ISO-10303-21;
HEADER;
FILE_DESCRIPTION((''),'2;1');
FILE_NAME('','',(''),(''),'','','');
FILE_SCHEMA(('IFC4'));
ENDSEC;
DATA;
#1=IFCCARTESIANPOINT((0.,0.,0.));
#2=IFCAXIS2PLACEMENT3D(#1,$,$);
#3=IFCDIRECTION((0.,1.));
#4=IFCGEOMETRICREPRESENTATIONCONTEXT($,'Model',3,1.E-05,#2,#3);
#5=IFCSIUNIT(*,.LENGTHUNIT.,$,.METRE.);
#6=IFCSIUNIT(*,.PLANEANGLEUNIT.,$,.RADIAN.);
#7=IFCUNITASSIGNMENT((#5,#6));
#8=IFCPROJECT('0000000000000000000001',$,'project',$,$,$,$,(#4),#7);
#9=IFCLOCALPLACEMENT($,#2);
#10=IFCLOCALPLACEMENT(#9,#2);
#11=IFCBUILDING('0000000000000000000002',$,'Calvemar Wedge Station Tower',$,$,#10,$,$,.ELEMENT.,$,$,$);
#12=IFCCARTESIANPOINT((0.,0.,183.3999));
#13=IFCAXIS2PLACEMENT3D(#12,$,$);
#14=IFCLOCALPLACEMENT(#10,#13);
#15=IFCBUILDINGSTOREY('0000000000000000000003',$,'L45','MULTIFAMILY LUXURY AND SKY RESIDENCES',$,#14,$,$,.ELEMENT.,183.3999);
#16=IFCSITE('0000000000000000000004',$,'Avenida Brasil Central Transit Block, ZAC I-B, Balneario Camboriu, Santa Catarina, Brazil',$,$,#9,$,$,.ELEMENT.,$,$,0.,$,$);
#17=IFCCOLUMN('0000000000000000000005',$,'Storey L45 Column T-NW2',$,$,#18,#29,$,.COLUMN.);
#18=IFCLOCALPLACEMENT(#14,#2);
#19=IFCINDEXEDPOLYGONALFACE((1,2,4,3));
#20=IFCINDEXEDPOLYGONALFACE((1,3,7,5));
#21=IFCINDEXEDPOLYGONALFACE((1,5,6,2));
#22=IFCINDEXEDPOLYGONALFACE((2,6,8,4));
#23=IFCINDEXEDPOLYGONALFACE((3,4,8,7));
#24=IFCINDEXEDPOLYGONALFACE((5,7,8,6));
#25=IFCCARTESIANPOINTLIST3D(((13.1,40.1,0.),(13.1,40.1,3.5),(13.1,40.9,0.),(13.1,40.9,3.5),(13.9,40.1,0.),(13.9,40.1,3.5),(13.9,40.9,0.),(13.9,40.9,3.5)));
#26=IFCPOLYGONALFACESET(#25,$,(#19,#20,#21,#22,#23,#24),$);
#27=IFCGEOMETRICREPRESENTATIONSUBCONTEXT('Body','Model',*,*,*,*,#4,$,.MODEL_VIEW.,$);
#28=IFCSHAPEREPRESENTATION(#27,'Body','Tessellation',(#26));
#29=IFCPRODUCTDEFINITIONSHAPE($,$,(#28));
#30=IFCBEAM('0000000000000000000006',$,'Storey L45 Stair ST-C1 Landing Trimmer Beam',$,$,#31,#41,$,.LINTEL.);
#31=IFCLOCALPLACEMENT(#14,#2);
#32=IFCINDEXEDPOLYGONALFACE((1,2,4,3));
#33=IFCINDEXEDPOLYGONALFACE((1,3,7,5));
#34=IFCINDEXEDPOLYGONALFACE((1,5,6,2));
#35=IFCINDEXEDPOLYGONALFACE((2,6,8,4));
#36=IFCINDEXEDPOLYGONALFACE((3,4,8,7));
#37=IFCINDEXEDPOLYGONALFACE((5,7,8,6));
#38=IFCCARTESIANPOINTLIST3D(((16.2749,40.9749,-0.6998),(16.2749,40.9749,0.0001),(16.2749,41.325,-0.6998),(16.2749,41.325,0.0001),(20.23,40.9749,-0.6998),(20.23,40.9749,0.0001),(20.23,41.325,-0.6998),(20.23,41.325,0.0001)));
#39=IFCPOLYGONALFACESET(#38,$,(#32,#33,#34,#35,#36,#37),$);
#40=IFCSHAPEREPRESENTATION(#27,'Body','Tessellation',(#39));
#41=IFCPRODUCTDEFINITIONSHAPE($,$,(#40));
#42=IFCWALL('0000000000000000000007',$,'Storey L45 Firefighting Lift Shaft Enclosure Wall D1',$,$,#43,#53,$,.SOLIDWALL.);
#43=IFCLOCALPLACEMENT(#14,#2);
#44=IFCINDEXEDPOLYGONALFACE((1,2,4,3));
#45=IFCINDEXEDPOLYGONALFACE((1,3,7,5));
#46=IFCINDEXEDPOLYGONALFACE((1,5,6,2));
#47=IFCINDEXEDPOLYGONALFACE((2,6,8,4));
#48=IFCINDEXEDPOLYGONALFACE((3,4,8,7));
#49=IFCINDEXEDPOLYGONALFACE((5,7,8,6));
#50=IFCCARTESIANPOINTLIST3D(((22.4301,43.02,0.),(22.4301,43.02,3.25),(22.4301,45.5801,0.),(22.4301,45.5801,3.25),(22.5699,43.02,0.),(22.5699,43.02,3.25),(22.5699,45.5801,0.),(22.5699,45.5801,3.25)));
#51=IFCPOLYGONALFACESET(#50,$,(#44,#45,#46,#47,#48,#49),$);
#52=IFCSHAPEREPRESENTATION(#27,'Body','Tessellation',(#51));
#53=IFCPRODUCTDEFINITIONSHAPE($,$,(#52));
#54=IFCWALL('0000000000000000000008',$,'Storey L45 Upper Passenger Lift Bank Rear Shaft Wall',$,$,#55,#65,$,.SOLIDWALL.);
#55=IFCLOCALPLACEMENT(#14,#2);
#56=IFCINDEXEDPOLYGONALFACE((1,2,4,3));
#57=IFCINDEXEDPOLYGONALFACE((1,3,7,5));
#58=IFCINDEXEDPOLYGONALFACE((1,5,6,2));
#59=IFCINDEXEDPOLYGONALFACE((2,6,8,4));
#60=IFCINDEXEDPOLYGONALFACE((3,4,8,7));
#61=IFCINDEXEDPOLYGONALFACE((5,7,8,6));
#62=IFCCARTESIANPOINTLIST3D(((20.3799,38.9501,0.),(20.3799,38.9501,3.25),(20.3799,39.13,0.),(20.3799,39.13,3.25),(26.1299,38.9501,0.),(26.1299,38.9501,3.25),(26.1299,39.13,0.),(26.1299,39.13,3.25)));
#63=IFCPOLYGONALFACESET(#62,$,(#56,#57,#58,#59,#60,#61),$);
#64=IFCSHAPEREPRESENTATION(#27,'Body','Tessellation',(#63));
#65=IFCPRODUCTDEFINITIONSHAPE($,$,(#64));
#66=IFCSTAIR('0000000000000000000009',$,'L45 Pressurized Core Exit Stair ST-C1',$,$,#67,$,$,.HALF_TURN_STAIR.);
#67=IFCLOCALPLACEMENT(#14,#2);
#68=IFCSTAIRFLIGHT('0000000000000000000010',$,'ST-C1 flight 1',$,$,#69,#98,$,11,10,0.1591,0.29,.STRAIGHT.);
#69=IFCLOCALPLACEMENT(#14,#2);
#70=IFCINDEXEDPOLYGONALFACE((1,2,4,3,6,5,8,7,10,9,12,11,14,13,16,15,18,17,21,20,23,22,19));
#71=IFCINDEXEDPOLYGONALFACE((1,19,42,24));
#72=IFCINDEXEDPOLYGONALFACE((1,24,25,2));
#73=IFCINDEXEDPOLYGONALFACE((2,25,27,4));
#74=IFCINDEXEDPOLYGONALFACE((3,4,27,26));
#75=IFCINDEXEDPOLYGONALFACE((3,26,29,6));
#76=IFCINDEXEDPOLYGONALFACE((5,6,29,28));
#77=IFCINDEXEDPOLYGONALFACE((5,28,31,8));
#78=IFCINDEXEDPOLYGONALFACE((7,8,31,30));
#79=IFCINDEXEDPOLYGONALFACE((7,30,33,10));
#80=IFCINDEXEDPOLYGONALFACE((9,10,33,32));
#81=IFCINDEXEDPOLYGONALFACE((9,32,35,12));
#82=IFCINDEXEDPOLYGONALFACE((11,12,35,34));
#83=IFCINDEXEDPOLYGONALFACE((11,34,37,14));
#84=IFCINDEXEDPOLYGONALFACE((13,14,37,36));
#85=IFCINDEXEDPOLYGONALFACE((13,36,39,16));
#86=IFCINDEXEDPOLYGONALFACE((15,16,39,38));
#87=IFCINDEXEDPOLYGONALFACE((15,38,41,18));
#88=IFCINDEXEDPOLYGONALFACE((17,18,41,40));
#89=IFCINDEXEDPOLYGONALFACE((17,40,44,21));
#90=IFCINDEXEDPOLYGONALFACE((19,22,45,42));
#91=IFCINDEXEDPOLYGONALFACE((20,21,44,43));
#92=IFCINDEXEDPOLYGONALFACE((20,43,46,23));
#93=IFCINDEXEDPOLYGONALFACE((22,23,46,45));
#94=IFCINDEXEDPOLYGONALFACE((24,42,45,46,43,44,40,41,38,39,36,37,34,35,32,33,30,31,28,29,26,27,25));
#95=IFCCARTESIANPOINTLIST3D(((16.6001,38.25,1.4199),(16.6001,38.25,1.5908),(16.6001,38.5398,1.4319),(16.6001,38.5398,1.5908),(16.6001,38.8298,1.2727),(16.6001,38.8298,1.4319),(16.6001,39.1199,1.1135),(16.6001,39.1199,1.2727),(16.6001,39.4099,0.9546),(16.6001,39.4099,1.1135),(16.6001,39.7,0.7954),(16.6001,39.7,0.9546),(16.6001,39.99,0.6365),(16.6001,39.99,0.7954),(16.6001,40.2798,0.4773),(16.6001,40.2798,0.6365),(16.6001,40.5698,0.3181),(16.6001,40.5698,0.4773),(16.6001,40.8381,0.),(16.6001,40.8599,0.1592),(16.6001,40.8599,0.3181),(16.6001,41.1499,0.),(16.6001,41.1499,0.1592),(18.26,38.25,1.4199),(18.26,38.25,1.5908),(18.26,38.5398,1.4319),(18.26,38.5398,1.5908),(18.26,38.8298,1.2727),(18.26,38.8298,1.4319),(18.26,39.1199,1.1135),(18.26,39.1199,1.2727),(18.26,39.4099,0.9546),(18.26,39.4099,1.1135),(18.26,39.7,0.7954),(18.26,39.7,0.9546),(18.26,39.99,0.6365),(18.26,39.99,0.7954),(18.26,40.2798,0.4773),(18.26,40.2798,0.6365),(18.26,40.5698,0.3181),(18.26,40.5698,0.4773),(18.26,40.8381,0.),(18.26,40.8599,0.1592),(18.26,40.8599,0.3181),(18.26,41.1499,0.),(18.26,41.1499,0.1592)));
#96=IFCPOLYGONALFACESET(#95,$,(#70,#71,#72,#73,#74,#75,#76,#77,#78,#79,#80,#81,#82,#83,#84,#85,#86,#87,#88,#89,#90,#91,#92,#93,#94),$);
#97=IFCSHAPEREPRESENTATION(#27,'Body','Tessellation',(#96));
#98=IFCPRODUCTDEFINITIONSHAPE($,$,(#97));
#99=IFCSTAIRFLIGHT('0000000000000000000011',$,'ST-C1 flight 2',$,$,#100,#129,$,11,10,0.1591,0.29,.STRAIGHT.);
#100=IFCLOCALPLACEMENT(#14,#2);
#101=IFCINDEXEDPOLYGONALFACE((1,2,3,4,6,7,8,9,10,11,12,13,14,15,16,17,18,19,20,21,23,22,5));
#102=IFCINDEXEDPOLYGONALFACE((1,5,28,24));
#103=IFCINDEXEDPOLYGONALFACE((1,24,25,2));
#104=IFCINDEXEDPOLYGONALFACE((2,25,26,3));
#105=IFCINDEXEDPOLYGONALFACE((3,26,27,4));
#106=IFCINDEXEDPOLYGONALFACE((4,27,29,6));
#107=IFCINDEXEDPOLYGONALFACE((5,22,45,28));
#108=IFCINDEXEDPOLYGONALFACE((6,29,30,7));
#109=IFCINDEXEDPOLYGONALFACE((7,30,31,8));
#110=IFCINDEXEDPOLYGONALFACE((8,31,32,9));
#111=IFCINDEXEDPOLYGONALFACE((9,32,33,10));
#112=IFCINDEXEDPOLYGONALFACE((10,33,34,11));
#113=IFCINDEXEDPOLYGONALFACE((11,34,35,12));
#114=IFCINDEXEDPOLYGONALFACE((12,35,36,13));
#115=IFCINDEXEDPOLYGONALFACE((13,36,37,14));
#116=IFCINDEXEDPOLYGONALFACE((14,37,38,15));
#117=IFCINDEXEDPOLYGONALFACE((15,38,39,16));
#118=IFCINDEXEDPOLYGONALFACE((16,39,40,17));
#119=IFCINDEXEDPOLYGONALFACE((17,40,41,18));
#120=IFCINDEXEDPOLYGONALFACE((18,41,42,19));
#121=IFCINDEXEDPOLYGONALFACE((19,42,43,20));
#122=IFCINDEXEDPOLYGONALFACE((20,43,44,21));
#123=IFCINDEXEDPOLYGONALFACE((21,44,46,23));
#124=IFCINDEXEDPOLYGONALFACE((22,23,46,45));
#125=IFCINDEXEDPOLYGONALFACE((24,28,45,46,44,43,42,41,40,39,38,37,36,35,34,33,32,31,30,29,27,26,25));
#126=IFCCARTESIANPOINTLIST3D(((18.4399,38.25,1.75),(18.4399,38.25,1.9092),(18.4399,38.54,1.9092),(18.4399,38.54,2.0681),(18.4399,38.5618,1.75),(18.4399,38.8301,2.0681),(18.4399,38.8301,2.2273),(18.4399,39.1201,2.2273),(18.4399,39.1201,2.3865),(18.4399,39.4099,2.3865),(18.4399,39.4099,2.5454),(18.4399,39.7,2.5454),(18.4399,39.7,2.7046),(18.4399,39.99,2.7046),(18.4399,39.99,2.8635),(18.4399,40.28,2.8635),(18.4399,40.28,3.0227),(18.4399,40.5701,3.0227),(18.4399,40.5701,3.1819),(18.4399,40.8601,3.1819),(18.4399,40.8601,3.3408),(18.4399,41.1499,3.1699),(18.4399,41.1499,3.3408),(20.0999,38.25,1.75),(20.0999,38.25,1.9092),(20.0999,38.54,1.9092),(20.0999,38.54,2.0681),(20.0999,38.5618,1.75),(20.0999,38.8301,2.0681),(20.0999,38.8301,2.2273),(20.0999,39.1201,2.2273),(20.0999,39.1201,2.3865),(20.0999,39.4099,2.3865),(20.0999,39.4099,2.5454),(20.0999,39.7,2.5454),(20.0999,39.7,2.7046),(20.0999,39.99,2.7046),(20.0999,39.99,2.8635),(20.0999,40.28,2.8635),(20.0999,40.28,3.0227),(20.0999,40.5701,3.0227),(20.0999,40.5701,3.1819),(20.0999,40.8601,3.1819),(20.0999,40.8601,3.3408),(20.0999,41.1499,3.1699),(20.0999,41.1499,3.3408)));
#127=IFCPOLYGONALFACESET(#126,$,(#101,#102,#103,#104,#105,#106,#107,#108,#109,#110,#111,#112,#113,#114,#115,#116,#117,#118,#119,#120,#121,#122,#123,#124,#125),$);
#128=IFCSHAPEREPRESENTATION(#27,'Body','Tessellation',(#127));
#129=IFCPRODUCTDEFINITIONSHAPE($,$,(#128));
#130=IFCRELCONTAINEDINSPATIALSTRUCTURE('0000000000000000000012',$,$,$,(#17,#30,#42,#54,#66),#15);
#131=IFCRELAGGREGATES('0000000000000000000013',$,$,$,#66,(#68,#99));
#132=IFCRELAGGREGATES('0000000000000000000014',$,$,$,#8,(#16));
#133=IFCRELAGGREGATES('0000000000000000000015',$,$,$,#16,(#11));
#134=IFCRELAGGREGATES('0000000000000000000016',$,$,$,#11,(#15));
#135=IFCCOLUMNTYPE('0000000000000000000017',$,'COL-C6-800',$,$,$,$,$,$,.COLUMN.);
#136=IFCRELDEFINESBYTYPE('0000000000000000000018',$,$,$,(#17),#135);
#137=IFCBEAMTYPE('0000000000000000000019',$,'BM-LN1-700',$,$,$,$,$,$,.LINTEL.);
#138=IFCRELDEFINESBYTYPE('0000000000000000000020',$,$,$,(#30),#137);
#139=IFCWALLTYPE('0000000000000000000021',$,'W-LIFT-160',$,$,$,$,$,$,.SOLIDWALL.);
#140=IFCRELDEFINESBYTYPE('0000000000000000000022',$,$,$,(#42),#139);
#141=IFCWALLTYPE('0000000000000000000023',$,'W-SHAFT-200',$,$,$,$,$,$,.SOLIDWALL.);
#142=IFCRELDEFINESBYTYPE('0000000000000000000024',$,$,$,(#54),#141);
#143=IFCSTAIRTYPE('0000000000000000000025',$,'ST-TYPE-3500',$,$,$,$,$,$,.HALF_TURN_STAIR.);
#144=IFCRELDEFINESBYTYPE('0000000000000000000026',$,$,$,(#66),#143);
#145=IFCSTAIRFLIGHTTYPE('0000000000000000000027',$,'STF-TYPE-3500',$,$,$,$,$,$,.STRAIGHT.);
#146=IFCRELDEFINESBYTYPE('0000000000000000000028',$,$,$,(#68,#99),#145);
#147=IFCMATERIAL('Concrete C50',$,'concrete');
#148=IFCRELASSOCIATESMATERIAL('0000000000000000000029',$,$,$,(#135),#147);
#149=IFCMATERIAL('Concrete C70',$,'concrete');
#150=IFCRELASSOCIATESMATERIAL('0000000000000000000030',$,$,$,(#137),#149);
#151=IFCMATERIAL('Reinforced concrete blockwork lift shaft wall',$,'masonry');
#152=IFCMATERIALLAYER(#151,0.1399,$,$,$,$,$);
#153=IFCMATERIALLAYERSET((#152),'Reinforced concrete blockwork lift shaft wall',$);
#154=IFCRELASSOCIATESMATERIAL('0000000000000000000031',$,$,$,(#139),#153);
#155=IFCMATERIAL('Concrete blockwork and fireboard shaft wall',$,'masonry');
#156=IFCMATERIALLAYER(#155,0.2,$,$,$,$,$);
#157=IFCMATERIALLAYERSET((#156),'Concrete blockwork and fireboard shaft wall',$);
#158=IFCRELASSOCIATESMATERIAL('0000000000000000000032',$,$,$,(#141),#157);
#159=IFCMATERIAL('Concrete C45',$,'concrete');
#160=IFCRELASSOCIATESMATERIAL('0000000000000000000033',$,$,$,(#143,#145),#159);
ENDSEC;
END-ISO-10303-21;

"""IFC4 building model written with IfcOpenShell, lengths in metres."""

from ifc_helpers import new_model, si_unit, direction, frame, frame_2d, origin, origin_2d, place, context, subcontext, project, spatial, polyline, rectangle, outline, extrude, source, transform, mapped, material, layer, layer_set, material_profile, profile_set, type_object, element, aggregate, save


model = new_model("IFC4")

# Units and contexts
model_context = context("Model", 3, precision=1e-05, world=origin(), true_north=direction((0.0, 1.0)))
body_context = subcontext(model_context, "Body", "Model", "MODEL_VIEW")
ifc_project = project(units=[si_unit("LENGTHUNIT", "METRE"), si_unit("PLANEANGLEUNIT", "RADIAN")], contexts=[model_context])

# Site, building, storey
site_placement = place(None, origin())
site = spatial("IfcSite", under=ifc_project, at=site_placement, Name="Avenida Brasil Central Transit Block, ZAC I-B, Balneario Camboriu, Santa Catarina, Brazil", CompositionType="ELEMENT", RefElevation=0.0)
building_placement = place(site_placement, origin())
building = spatial("IfcBuilding", under=site, at=building_placement, Name="Calvemar Wedge Station Tower", CompositionType="ELEMENT")
storey_placement = place(building_placement, frame((0.0, 0.0, 183.3999)))
storey = spatial("IfcBuildingStorey", under=building, at=storey_placement, Name="L45", Description="MULTIFAMILY LUXURY AND SKY RESIDENCES", CompositionType="ELEMENT", Elevation=183.3999)

# Column
ifc_material_1 = material(Name="Concrete C50", Category="concrete")
ifc_material_profile_1 = material_profile(ifc_material_1, rectangle(XDim=0.8, YDim=0.8, at=origin_2d()), Name="RC800x800")
ifc_profile_set_1 = profile_set([ifc_material_profile_1], Name="Concrete C50")
column_type = type_object("IfcColumnType", Name="COL-C6-800", PredefinedType="COLUMN", material=ifc_profile_set_1)
shared_shape_1 = source(origin(), body_context, "Body", "SweptSolid", [
    extrude(rectangle(XDim=0.8, YDim=0.8, at=origin_2d()), origin(), (0.0, 0.0, 1.0), 3.5),
])
column_placement = place(storey_placement, frame((13.5, 40.5, 0.0), z_axis=(0.0, 0.0, 1.0), x_axis=(1.0, 0.0, 0.0)))
element("IfcColumn", 1, at=column_placement, inside=storey, type_object=column_type, Name="Storey L45 Column T-NW2", PredefinedType="COLUMN", context=body_context, shape_type="MappedRepresentation", body=[
    mapped(shared_shape_1, transform((0.0, 0.0, 0.0), scale=1.0)),
])

# Beam
ifc_material_2 = material(Name="Concrete C70", Category="concrete")
ifc_material_profile_2 = material_profile(ifc_material_2, rectangle(XDim=0.3501, YDim=0.7, at=origin_2d()), Name="RC350x700")
ifc_profile_set_2 = profile_set([ifc_material_profile_2], Name="Concrete C70")
beam_type = type_object("IfcBeamType", Name="BM-LN1-700", PredefinedType="LINTEL", material=ifc_profile_set_2)
shared_shape_2 = source(origin(), body_context, "Body", "SweptSolid", [
    extrude(rectangle(XDim=0.3501, YDim=0.7, at=origin_2d()), origin(), (0.0, 0.0, 1.0), 3.9551),
])
beam_placement = place(storey_placement, frame((16.2749, 41.1499, -0.3499), z_axis=(1.0, 0.0, 0.0), x_axis=(0.0, 1.0, 0.0)))
element("IfcBeam", 2, at=beam_placement, inside=storey, type_object=beam_type, Name="Storey L45 Stair ST-C1 Landing Trimmer Beam", PredefinedType="LINTEL", context=body_context, shape_type="MappedRepresentation", body=[
    mapped(shared_shape_2, transform((0.0, 0.0, 0.0), scale=1.0)),
])

# Shared definitions
ifc_material_3 = material(Name="Reinforced concrete blockwork lift shaft wall", Category="masonry")
ifc_layer_1 = layer(ifc_material_3, 0.1399)
ifc_layer_set_1 = layer_set([ifc_layer_1], Name="Reinforced concrete blockwork lift shaft wall")
wall_type_1 = type_object("IfcWallType", Name="W-LIFT-160", PredefinedType="SOLIDWALL", material=ifc_layer_set_1)

# Walls
wall_1_placement = place(storey_placement, frame((22.5, 43.02, 0.0), z_axis=(0.0, 0.0, 1.0), x_axis=(0.0, 1.0, 0.0)))
element("IfcWall", 3, at=wall_1_placement, inside=storey, type_object=wall_type_1, Name="Storey L45 Firefighting Lift Shaft Enclosure Wall D1", PredefinedType="SOLIDWALL", context=body_context, shape_type="SweptSolid", body=[
    extrude(rectangle(XDim=2.5601, YDim=0.1399, at=frame_2d((1.28, 0.0))), origin(), (0.0, 0.0, 1.0), 3.25),
])
ifc_material_4 = material(Name="Concrete blockwork and fireboard shaft wall", Category="masonry")
ifc_layer_2 = layer(ifc_material_4, 0.2)
ifc_layer_set_2 = layer_set([ifc_layer_2], Name="Concrete blockwork and fireboard shaft wall")
wall_type_2 = type_object("IfcWallType", Name="W-SHAFT-200", PredefinedType="SOLIDWALL", material=ifc_layer_set_2)
wall_2_placement = place(storey_placement, frame((20.3799, 39.04, 0.0), z_axis=(0.0, 0.0, 1.0), x_axis=(1.0, 0.0, 0.0)))
element("IfcWall", 4, at=wall_2_placement, inside=storey, type_object=wall_type_2, Name="Storey L45 Upper Passenger Lift Bank Rear Shaft Wall", PredefinedType="SOLIDWALL", context=body_context, shape_type="SweptSolid", body=[
    extrude(rectangle(XDim=5.75, YDim=0.1799, at=frame_2d((2.875, 0.0))), origin(), (0.0, 0.0, 1.0), 3.25),
])

# Stair, stair flights
ifc_material_5 = material(Name="Concrete C45", Category="concrete")
stair_type = type_object("IfcStairType", Name="ST-TYPE-3500", PredefinedType="HALF_TURN_STAIR", material=ifc_material_5)
stair_placement = place(storey_placement, origin())
stair = element("IfcStair", 5, at=stair_placement, inside=storey, type_object=stair_type, Name="L45 Pressurized Core Exit Stair ST-C1", PredefinedType="HALF_TURN_STAIR")
stair_flight_type = type_object("IfcStairFlightType", Name="STF-TYPE-3500", PredefinedType="STRAIGHT", material=ifc_material_5)
stair_flight_1_placement = place(storey_placement, frame((17.4299, 41.1499, 0.0), z_axis=(0.0, 0.0, 1.0), x_axis=(0.0, -1.0, 0.0)))
stair_flight_1 = element("IfcStairFlight", 6, at=stair_flight_1_placement, type_object=stair_flight_type, Name="ST-C1 flight 1", NumberOfRisers=11, NumberOfTreads=10, PredefinedType="STRAIGHT", RiserHeight=0.1591, TreadLength=0.29, context=body_context, shape_type="SweptSolid", body=[
    extrude(outline(polyline([(0.0, 0.0), (0.0, 0.1592), (0.29, 0.1592), (0.29, 0.3181), (0.5801, 0.3181), (0.5801, 0.4773), (0.8701, 0.4773), (0.8701, 0.6365), (1.1599, 0.6365), (1.1599, 0.7954), (1.45, 0.7954), (1.45, 0.9546), (1.74, 0.9546), (1.74, 1.1135), (2.03, 1.1135), (2.03, 1.2727), (2.3201, 1.2727), (2.3201, 1.4319), (2.6101, 1.4319), (2.6101, 1.5908), (2.8999, 1.5908), (2.8999, 1.75), (2.8999, 1.4199), (0.3118, 0.0), (0.0, 0.0)])), frame((0.0, 0.8301, 0.0), z_axis=(0.0, -1.0, 0.0), x_axis=(1.0, 0.0, 0.0)), (0.0, 0.0, 1.0), 1.6599),
])
stair_flight_2_placement = place(storey_placement, frame((19.27, 38.25, 1.75), z_axis=(0.0, 0.0, 1.0), x_axis=(0.0, 1.0, 0.0)))
stair_flight_2 = element("IfcStairFlight", 7, at=stair_flight_2_placement, type_object=stair_flight_type, Name="ST-C1 flight 2", NumberOfRisers=11, NumberOfTreads=10, PredefinedType="STRAIGHT", RiserHeight=0.1591, TreadLength=0.29, context=body_context, shape_type="SweptSolid", body=[
    extrude(outline(polyline([(0.0, 0.0), (0.0, 0.1592), (0.29, 0.1592), (0.29, 0.3181), (0.5801, 0.3181), (0.5801, 0.4773), (0.8701, 0.4773), (0.8701, 0.6365), (1.1599, 0.6365), (1.1599, 0.7954), (1.45, 0.7954), (1.45, 0.9546), (1.74, 0.9546), (1.74, 1.1135), (2.03, 1.1135), (2.03, 1.2727), (2.3201, 1.2727), (2.3201, 1.4319), (2.6101, 1.4319), (2.6101, 1.5908), (2.8999, 1.5908), (2.8999, 1.75), (2.8999, 1.4199), (0.3118, 0.0), (0.0, 0.0)])), frame((0.0, 0.8301, 0.0), z_axis=(0.0, -1.0, 0.0), x_axis=(1.0, 0.0, 0.0)), (0.0, 0.0, 1.0), 1.6599),
])
aggregate(stair, [stair_flight_1, stair_flight_2])

save(model, "model.ifc")
